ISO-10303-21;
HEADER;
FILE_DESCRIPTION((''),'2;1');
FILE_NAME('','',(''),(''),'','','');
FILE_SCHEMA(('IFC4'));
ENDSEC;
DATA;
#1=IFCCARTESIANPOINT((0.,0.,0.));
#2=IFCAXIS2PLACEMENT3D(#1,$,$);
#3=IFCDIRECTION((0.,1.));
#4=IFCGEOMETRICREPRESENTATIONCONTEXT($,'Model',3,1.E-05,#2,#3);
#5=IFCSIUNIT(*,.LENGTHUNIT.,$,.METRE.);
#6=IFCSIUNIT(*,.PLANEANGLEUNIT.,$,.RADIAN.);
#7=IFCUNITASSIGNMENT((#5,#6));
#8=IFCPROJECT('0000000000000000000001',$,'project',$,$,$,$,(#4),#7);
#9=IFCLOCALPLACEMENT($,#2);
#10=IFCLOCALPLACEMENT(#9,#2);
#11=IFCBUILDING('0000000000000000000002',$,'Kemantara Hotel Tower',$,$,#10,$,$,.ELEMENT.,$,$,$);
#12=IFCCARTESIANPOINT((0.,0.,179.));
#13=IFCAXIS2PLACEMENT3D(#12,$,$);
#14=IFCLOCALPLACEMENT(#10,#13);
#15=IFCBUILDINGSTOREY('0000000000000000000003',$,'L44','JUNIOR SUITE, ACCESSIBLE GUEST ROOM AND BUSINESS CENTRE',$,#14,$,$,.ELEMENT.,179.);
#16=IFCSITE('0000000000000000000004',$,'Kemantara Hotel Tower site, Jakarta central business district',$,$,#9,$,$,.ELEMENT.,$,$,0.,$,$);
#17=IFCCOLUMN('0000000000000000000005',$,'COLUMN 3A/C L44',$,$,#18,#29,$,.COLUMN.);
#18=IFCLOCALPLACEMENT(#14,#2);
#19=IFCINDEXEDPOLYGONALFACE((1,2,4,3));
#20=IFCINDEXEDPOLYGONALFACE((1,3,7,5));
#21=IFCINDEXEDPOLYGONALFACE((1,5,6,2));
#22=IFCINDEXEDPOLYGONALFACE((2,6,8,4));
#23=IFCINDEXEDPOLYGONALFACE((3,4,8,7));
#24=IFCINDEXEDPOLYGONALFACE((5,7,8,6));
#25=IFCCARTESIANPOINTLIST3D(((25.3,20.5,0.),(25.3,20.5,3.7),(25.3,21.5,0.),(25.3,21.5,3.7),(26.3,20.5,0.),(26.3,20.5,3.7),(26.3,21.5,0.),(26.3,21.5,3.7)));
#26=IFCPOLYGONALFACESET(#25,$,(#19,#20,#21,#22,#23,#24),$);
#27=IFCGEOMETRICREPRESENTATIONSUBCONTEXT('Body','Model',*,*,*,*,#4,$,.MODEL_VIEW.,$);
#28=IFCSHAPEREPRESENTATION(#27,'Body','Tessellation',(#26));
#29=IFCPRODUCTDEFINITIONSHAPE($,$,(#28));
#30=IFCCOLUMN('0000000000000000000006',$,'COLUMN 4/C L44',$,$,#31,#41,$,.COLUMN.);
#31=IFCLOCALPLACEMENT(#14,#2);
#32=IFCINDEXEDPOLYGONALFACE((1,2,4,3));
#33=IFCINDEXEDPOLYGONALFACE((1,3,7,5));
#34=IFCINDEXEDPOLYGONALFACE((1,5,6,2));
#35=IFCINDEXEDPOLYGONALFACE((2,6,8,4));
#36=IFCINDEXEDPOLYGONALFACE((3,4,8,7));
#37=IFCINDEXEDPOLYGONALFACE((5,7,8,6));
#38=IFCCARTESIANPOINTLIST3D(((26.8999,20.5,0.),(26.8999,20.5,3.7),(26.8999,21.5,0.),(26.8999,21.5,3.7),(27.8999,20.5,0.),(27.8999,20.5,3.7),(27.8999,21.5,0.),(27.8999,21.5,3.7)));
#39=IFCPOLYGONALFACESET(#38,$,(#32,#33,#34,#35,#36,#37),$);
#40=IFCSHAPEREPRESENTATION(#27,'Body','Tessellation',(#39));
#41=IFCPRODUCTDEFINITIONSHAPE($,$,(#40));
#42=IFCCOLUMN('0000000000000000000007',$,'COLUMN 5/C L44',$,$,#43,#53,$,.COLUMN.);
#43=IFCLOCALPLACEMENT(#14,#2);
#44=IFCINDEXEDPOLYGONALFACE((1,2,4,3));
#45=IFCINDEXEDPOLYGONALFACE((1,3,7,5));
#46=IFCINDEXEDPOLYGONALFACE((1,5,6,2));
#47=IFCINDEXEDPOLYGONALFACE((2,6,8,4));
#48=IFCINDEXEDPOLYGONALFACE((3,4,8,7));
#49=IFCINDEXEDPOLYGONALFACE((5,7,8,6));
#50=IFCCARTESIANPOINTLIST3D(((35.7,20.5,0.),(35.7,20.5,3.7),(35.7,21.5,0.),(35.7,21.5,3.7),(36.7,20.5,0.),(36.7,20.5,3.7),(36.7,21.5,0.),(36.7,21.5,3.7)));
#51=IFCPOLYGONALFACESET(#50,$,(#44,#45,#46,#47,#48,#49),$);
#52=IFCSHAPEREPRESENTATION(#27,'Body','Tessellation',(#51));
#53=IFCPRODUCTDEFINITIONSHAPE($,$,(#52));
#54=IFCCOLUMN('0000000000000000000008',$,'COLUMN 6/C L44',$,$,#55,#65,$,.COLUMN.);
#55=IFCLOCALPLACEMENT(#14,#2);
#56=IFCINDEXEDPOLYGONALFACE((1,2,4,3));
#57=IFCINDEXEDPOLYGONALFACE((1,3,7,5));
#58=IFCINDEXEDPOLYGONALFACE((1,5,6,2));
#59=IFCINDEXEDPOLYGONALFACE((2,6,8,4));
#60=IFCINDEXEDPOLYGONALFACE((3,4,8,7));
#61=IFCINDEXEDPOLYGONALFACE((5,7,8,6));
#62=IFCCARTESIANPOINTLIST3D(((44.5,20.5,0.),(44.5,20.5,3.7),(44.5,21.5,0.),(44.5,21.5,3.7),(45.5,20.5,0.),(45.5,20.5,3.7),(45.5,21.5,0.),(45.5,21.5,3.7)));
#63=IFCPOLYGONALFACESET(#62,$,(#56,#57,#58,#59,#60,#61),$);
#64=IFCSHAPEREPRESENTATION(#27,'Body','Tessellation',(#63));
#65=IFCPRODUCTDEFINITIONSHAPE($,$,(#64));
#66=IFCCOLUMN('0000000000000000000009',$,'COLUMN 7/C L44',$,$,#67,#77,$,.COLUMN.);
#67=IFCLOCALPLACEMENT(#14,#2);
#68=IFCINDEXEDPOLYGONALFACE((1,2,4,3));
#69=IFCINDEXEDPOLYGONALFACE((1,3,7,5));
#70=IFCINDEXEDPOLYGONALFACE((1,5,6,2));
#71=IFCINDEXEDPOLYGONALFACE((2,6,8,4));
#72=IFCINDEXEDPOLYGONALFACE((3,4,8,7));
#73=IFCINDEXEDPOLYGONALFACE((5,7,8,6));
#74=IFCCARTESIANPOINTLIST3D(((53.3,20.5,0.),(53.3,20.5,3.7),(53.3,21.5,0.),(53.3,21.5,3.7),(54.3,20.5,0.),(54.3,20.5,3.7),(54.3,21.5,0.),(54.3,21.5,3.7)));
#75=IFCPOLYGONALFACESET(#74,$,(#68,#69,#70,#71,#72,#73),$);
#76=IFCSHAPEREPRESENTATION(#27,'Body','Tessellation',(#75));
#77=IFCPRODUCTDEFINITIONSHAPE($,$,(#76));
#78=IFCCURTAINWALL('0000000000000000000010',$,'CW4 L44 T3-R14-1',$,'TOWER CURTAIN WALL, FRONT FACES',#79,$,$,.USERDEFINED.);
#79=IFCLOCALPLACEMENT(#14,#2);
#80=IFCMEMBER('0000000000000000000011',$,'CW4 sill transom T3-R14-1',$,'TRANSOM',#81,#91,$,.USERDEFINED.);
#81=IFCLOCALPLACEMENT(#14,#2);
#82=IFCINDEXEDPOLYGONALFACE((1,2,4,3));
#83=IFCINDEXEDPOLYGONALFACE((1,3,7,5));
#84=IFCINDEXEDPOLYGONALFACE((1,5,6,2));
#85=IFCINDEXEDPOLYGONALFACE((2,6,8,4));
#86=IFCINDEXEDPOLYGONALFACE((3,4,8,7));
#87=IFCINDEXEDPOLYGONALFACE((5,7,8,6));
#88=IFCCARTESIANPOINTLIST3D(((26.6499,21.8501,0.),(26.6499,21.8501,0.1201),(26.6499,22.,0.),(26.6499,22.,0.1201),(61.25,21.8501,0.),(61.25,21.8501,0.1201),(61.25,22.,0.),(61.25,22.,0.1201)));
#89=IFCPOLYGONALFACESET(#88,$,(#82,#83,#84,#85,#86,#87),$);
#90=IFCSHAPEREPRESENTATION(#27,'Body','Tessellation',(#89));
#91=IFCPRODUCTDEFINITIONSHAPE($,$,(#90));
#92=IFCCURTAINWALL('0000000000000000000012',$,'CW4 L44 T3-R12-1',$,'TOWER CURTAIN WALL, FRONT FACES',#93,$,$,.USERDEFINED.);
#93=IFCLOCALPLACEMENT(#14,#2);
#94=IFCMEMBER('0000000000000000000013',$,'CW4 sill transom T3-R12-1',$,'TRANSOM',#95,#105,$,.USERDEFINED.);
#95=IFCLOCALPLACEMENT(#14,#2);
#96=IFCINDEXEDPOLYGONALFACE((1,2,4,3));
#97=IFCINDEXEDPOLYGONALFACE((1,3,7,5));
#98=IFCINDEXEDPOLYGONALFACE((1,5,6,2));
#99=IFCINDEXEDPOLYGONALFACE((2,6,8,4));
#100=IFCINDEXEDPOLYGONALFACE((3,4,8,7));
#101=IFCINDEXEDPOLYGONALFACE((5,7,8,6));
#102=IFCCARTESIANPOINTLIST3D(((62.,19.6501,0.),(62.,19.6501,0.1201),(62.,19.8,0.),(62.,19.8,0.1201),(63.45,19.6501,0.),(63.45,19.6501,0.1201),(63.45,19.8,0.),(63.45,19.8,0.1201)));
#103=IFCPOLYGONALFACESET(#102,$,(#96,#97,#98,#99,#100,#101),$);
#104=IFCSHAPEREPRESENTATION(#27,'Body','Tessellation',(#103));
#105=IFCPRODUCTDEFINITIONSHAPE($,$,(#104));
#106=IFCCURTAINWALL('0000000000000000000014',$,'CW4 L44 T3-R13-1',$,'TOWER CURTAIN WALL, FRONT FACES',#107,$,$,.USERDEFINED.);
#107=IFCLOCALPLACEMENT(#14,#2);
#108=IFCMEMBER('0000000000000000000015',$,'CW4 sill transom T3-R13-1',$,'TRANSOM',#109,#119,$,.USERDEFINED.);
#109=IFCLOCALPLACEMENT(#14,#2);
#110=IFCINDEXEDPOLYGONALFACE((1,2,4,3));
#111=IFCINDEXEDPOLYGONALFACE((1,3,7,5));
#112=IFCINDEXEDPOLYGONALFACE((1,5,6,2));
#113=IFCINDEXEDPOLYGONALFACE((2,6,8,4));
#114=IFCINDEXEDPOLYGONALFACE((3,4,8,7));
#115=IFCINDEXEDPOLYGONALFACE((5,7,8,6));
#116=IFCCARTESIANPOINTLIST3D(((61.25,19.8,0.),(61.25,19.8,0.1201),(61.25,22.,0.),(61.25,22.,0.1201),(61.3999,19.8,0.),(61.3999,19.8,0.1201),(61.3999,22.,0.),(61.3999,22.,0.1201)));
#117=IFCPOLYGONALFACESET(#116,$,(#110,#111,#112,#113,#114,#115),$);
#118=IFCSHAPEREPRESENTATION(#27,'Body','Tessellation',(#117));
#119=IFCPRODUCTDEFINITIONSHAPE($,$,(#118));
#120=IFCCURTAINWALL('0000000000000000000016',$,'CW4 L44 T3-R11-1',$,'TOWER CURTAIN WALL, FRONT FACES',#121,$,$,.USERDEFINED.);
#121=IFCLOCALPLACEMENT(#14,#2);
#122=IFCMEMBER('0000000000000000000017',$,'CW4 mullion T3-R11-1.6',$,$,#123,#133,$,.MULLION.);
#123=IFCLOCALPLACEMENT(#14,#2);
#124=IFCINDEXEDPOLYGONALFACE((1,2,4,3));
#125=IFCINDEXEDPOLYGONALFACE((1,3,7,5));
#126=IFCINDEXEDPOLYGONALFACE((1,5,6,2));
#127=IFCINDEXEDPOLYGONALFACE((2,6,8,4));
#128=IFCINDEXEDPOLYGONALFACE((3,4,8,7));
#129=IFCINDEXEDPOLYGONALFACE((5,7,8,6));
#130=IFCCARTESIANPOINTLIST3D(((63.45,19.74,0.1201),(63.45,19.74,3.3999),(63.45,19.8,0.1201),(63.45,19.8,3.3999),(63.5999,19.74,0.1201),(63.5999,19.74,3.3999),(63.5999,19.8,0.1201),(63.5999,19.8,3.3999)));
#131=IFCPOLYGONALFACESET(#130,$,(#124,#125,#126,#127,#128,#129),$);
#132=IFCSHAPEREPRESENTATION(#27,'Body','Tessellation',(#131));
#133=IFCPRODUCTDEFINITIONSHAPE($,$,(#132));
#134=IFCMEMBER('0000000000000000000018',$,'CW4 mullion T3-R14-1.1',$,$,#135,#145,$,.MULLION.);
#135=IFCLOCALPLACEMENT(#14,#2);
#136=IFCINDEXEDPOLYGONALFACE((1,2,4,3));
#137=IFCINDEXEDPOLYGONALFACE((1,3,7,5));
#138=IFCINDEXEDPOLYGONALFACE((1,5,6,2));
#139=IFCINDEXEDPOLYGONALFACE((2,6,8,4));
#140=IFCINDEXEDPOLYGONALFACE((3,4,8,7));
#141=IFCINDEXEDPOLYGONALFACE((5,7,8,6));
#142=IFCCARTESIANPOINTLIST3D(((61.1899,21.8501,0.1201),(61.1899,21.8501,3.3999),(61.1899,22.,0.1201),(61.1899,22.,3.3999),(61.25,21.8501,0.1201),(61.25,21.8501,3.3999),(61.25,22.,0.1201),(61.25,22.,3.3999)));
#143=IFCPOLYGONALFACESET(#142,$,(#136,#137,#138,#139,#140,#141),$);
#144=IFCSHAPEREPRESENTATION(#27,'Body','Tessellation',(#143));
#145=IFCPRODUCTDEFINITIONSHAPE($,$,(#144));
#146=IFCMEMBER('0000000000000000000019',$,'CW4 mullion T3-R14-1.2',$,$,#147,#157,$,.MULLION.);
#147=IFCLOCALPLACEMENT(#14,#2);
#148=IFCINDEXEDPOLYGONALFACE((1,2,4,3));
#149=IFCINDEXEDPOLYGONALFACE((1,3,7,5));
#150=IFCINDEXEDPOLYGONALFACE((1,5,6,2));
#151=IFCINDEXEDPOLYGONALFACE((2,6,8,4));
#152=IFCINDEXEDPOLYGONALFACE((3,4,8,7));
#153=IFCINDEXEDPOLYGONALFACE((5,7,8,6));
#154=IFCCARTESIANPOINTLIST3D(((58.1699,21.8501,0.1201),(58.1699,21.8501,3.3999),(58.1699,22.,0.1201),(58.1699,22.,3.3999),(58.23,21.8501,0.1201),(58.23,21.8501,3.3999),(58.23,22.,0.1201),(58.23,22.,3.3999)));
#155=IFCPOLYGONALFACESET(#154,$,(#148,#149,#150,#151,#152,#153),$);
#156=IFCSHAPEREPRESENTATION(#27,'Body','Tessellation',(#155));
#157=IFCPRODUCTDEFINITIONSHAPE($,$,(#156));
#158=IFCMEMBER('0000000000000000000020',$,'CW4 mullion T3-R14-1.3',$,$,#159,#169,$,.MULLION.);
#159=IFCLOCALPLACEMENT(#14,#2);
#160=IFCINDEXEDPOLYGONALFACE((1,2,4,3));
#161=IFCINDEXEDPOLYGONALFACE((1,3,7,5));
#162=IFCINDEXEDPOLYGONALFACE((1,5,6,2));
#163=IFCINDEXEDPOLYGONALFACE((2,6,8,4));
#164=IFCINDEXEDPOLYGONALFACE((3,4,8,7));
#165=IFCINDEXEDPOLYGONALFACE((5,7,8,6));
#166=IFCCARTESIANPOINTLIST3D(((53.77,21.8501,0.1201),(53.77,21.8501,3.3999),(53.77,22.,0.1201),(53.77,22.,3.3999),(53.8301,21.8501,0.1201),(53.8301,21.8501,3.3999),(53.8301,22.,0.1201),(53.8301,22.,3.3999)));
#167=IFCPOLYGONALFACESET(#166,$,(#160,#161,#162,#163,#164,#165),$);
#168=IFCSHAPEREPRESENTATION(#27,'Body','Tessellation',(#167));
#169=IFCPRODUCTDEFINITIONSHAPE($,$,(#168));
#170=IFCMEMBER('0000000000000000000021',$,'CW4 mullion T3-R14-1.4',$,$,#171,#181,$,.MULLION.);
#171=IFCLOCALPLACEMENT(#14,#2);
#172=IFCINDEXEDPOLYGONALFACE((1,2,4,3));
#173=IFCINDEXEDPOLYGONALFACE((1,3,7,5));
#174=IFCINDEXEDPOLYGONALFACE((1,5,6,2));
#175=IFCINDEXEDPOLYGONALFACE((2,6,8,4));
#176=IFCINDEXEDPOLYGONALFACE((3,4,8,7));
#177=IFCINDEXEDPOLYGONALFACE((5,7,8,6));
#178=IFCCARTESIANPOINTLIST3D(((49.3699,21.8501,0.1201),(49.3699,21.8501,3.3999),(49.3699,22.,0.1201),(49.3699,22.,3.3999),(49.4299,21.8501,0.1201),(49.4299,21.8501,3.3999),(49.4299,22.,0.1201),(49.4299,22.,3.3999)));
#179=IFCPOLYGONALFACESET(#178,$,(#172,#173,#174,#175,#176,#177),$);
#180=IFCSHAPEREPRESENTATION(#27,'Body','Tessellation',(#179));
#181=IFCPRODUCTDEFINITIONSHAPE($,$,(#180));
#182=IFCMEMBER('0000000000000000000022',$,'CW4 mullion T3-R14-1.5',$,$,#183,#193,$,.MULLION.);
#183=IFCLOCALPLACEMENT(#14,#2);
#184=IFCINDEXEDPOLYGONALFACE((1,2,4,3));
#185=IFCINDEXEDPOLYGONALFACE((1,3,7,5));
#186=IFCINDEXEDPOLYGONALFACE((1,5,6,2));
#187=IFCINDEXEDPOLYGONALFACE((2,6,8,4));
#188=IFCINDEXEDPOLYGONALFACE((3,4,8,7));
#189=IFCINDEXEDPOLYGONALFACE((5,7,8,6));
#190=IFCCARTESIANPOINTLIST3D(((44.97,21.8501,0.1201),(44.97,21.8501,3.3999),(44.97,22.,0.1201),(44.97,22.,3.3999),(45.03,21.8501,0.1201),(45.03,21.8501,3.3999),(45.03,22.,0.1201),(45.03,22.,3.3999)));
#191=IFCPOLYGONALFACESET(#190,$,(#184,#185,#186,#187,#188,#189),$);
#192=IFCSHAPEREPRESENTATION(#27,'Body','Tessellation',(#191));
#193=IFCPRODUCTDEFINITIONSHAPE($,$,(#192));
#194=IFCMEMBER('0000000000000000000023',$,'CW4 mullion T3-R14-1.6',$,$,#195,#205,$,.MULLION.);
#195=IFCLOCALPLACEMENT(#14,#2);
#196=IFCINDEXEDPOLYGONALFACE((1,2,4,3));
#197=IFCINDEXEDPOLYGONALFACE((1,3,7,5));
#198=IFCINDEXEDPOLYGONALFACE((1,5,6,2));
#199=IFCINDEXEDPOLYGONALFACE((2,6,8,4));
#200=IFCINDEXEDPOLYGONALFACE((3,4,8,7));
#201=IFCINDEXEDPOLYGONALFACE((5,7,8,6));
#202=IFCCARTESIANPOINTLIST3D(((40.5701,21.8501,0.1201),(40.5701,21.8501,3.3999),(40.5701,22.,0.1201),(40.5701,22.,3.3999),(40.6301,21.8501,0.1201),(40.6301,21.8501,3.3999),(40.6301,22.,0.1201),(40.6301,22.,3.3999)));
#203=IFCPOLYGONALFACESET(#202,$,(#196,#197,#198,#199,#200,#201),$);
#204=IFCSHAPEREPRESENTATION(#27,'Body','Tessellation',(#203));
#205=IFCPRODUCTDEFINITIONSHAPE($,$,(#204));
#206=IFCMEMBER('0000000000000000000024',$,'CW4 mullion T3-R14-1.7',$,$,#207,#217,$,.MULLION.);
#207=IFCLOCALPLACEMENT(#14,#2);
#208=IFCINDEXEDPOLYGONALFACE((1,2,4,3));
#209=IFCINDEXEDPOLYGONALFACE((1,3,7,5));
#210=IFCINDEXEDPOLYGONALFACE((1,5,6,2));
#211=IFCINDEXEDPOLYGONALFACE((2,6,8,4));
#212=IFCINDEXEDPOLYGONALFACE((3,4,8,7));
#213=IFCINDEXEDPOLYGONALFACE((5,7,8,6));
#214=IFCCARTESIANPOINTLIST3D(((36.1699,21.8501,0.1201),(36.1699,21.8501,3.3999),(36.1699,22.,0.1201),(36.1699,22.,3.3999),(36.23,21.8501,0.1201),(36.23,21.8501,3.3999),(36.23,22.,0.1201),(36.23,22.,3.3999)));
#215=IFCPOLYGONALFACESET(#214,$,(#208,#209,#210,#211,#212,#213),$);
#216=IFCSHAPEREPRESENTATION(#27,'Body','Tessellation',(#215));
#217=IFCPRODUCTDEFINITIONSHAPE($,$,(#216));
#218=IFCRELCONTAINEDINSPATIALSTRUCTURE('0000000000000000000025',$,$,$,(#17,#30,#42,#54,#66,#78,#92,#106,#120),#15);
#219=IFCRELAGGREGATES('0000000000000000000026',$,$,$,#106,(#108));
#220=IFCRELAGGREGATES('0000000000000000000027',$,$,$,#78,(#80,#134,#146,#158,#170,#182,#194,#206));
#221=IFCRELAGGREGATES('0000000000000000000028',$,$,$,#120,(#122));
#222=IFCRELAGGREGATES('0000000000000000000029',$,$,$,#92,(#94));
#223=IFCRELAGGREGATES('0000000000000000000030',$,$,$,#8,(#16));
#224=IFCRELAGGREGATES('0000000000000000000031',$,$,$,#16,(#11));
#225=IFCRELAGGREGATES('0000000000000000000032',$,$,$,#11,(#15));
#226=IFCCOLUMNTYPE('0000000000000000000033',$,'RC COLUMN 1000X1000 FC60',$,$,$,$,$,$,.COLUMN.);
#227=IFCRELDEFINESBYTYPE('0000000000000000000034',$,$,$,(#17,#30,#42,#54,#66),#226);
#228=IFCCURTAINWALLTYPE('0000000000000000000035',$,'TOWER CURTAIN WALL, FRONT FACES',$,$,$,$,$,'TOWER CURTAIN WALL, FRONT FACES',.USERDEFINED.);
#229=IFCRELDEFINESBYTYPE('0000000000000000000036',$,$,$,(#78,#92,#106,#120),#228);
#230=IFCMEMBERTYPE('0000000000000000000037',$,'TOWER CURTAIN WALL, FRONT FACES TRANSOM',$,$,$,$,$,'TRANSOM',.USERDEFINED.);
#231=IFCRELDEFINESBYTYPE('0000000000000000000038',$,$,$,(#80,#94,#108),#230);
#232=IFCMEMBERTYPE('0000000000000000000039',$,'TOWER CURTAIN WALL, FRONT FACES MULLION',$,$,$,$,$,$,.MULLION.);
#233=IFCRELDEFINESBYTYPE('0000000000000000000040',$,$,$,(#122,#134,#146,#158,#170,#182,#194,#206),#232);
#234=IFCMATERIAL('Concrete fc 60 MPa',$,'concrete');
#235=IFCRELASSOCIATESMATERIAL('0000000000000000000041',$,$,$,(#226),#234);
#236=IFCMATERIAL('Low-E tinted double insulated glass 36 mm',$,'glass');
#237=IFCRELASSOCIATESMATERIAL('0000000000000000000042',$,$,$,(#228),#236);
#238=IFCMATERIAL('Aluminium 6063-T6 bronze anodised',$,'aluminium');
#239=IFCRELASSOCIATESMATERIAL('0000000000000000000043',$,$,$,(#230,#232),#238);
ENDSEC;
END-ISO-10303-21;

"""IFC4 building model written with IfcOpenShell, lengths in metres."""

from ifc_helpers import new_model, si_unit, direction, frame, origin, origin_2d, place, context, subcontext, project, spatial, rectangle, extrude, source, transform, mapped, material, material_profile, profile_set, type_object, element, aggregate, save


model = new_model("IFC4")

# Units and contexts
model_context = context("Model", 3, precision=1e-05, world=origin(), true_north=direction((0.0, 1.0)))
body_context = subcontext(model_context, "Body", "Model", "MODEL_VIEW")
ifc_project = project(units=[si_unit("LENGTHUNIT", "METRE"), si_unit("PLANEANGLEUNIT", "RADIAN")], contexts=[model_context])

# Site, building, storey
site_placement = place(None, origin())
site = spatial("IfcSite", under=ifc_project, at=site_placement, Name="Kemantara Hotel Tower site, Jakarta central business district", CompositionType="ELEMENT", RefElevation=0.0)
building_placement = place(site_placement, origin())
building = spatial("IfcBuilding", under=site, at=building_placement, Name="Kemantara Hotel Tower", CompositionType="ELEMENT")
storey_placement = place(building_placement, frame((0.0, 0.0, 179.0)))
storey = spatial("IfcBuildingStorey", under=building, at=storey_placement, Name="L44", Description="JUNIOR SUITE, ACCESSIBLE GUEST ROOM AND BUSINESS CENTRE", CompositionType="ELEMENT", Elevation=179.0)

# Columns
ifc_material_1 = material(Name="Concrete fc 60 MPa", Category="concrete")
ifc_material_profile_1 = material_profile(ifc_material_1, rectangle(XDim=1.0, YDim=1.0, at=origin_2d()), Name="RC 1000X1000")
ifc_profile_set_1 = profile_set([ifc_material_profile_1], Name="Concrete fc 60 MPa")
column_type = type_object("IfcColumnType", Name="RC COLUMN 1000X1000 FC60", PredefinedType="COLUMN", material=ifc_profile_set_1)
for number, where, z_axis, x_axis, name in (
    (1, (25.8, 21.0, 0.0), (0.0, 0.0, 1.0), (1.0, 0.0, 0.0), "COLUMN 3A/C L44"),
    (2, (27.3999, 21.0, 0.0), (0.0, 0.0, 1.0), (1.0, 0.0, 0.0), "COLUMN 4/C L44"),
    (3, (36.2, 21.0, 0.0), (0.0, 0.0, 1.0), (1.0, 0.0, 0.0), "COLUMN 5/C L44"),
    (4, (45.0, 21.0, 0.0), (0.0, 0.0, 1.0), (1.0, 0.0, 0.0), "COLUMN 6/C L44"),
    (5, (53.8, 21.0, 0.0), (0.0, 0.0, 1.0), (1.0, 0.0, 0.0), "COLUMN 7/C L44"),
):
    element("IfcColumn", number, at=place(storey_placement, frame(where, z_axis=z_axis, x_axis=x_axis)), inside=storey, type_object=column_type, Name=name, PredefinedType="COLUMN", context=body_context, shape_type="SweptSolid", body=[
        extrude(rectangle(XDim=1.0, YDim=1.0, at=origin_2d()), origin(), (0.0, 0.0, 1.0), 3.7),
    ])

# Curtain walls, members
ifc_material_2 = material(Name="Low-E tinted double insulated glass 36 mm", Category="glass")
curtain_wall_type = type_object("IfcCurtainWallType", Name="TOWER CURTAIN WALL, FRONT FACES", ElementType="TOWER CURTAIN WALL, FRONT FACES", PredefinedType="USERDEFINED", material=ifc_material_2)
curtain_wall_1_placement = place(storey_placement, origin())
curtain_wall_1 = element("IfcCurtainWall", 6, at=curtain_wall_1_placement, inside=storey, type_object=curtain_wall_type, Name="CW4 L44 T3-R14-1", ObjectType="TOWER CURTAIN WALL, FRONT FACES", PredefinedType="USERDEFINED")
ifc_material_3 = material(Name="Aluminium 6063-T6 bronze anodised", Category="aluminium")
ifc_material_profile_2 = material_profile(ifc_material_3, rectangle(XDim=0.1499, YDim=0.1201, at=origin_2d()), Name="TOWER CURTAIN WALL, FRONT FACES TRANSOM")
ifc_profile_set_2 = profile_set([ifc_material_profile_2], Name="Aluminium 6063-T6 bronze anodised")
member_type_1 = type_object("IfcMemberType", Name="TOWER CURTAIN WALL, FRONT FACES TRANSOM", ElementType="TRANSOM", PredefinedType="USERDEFINED", material=ifc_profile_set_2)
member_1_placement = place(storey_placement, frame((61.25, 21.925, 0.0601), z_axis=(-1.0, 0.0, 0.0), x_axis=(0.0, -1.0, 0.0)))
member_1 = element("IfcMember", 7, at=member_1_placement, type_object=member_type_1, Name="CW4 sill transom T3-R14-1", ObjectType="TRANSOM", PredefinedType="USERDEFINED", context=body_context, shape_type="SweptSolid", body=[
    extrude(rectangle(XDim=0.1499, YDim=0.1201, at=origin_2d()), origin(), (0.0, 0.0, 1.0), 34.6001),
])
curtain_wall_2_placement = place(storey_placement, origin())
curtain_wall_2 = element("IfcCurtainWall", 8, at=curtain_wall_2_placement, inside=storey, type_object=curtain_wall_type, Name="CW4 L44 T3-R12-1", ObjectType="TOWER CURTAIN WALL, FRONT FACES", PredefinedType="USERDEFINED")
member_2_placement = place(storey_placement, frame((63.45, 19.7251, 0.0601), z_axis=(-1.0, 0.0, 0.0), x_axis=(0.0, -1.0, 0.0)))
member_2 = element("IfcMember", 9, at=member_2_placement, type_object=member_type_1, Name="CW4 sill transom T3-R12-1", ObjectType="TRANSOM", PredefinedType="USERDEFINED", context=body_context, shape_type="SweptSolid", body=[
    extrude(rectangle(XDim=0.1499, YDim=0.1201, at=origin_2d()), origin(), (0.0, 0.0, 1.0), 1.45),
])
curtain_wall_3_placement = place(storey_placement, origin())
curtain_wall_3 = element("IfcCurtainWall", 10, at=curtain_wall_3_placement, inside=storey, type_object=curtain_wall_type, Name="CW4 L44 T3-R13-1", ObjectType="TOWER CURTAIN WALL, FRONT FACES", PredefinedType="USERDEFINED")
member_3_placement = place(storey_placement, frame((61.325, 19.8, 0.0601), z_axis=(0.0, 1.0, 0.0), x_axis=(-1.0, 0.0, 0.0)))
member_3 = element("IfcMember", 11, at=member_3_placement, type_object=member_type_1, Name="CW4 sill transom T3-R13-1", ObjectType="TRANSOM", PredefinedType="USERDEFINED", context=body_context, shape_type="SweptSolid", body=[
    extrude(rectangle(XDim=0.1499, YDim=0.1201, at=origin_2d()), origin(), (0.0, 0.0, 1.0), 2.2),
])
curtain_wall_4_placement = place(storey_placement, origin())
curtain_wall_4 = element("IfcCurtainWall", 12, at=curtain_wall_4_placement, inside=storey, type_object=curtain_wall_type, Name="CW4 L44 T3-R11-1", ObjectType="TOWER CURTAIN WALL, FRONT FACES", PredefinedType="USERDEFINED")
ifc_material_profile_3 = material_profile(ifc_material_3, rectangle(XDim=0.1499, YDim=0.0601, at=origin_2d()), Name="TOWER CURTAIN WALL, FRONT FACES MULLION")
ifc_profile_set_3 = profile_set([ifc_material_profile_3], Name="Aluminium 6063-T6 bronze anodised")
member_type_2 = type_object("IfcMemberType", Name="TOWER CURTAIN WALL, FRONT FACES MULLION", PredefinedType="MULLION", material=ifc_profile_set_3)
shared_shape_1 = source(origin(), body_context, "Body", "SweptSolid", [
    extrude(rectangle(XDim=0.1499, YDim=0.0601, at=origin_2d()), origin(), (0.0, 0.0, 1.0), 3.2798),
])
member_4_placement = place(storey_placement, frame((63.5249, 19.77, 0.1201), z_axis=(0.0, 0.0, 1.0), x_axis=(-1.0, 0.0, 0.0)))
member_4 = element("IfcMember", 13, at=member_4_placement, type_object=member_type_2, Name="CW4 mullion T3-R11-1.6", PredefinedType="MULLION", context=body_context, shape_type="MappedRepresentation", body=[
    mapped(shared_shape_1, transform((0.0, 0.0, 0.0))),
])

# Members
member_5_placement = place(storey_placement, frame((61.22, 21.925, 0.1201), z_axis=(0.0, 0.0, 1.0), x_axis=(0.0, -1.0, 0.0)))
member_5 = element("IfcMember", 14, at=member_5_placement, type_object=member_type_2, Name="CW4 mullion T3-R14-1.1", PredefinedType="MULLION", context=body_context, shape_type="MappedRepresentation", body=[
    mapped(shared_shape_1, transform((0.0, 0.0, 0.0))),
])
member_6_placement = place(storey_placement, frame((58.2, 21.925, 0.1201), z_axis=(0.0, 0.0, 1.0), x_axis=(0.0, -1.0, 0.0)))
member_6 = element("IfcMember", 15, at=member_6_placement, type_object=member_type_2, Name="CW4 mullion T3-R14-1.2", PredefinedType="MULLION", context=body_context, shape_type="MappedRepresentation", body=[
    mapped(shared_shape_1, transform((0.0, 0.0, 0.0))),
])
member_7_placement = place(storey_placement, frame((53.8, 21.925, 0.1201), z_axis=(0.0, 0.0, 1.0), x_axis=(0.0, -1.0, 0.0)))
member_7 = element("IfcMember", 16, at=member_7_placement, type_object=member_type_2, Name="CW4 mullion T3-R14-1.3", PredefinedType="MULLION", context=body_context, shape_type="MappedRepresentation", body=[
    mapped(shared_shape_1, transform((0.0, 0.0, 0.0))),
])
member_8_placement = place(storey_placement, frame((49.3999, 21.925, 0.1201), z_axis=(0.0, 0.0, 1.0), x_axis=(0.0, -1.0, 0.0)))
member_8 = element("IfcMember", 17, at=member_8_placement, type_object=member_type_2, Name="CW4 mullion T3-R14-1.4", PredefinedType="MULLION", context=body_context, shape_type="MappedRepresentation", body=[
    mapped(shared_shape_1, transform((0.0, 0.0, 0.0))),
])
member_9_placement = place(storey_placement, frame((45.0, 21.925, 0.1201), z_axis=(0.0, 0.0, 1.0), x_axis=(0.0, -1.0, 0.0)))
member_9 = element("IfcMember", 18, at=member_9_placement, type_object=member_type_2, Name="CW4 mullion T3-R14-1.5", PredefinedType="MULLION", context=body_context, shape_type="MappedRepresentation", body=[
    mapped(shared_shape_1, transform((0.0, 0.0, 0.0))),
])
member_10_placement = place(storey_placement, frame((40.6001, 21.925, 0.1201), z_axis=(0.0, 0.0, 1.0), x_axis=(0.0, -1.0, 0.0)))
member_10 = element("IfcMember", 19, at=member_10_placement, type_object=member_type_2, Name="CW4 mullion T3-R14-1.6", PredefinedType="MULLION", context=body_context, shape_type="MappedRepresentation", body=[
    mapped(shared_shape_1, transform((0.0, 0.0, 0.0))),
])
member_11_placement = place(storey_placement, frame((36.2, 21.925, 0.1201), z_axis=(0.0, 0.0, 1.0), x_axis=(0.0, -1.0, 0.0)))
member_11 = element("IfcMember", 20, at=member_11_placement, type_object=member_type_2, Name="CW4 mullion T3-R14-1.7", PredefinedType="MULLION", context=body_context, shape_type="MappedRepresentation", body=[
    mapped(shared_shape_1, transform((0.0, 0.0, 0.0))),
])

aggregate(curtain_wall_3, [member_3])
aggregate(curtain_wall_1, [member_1, member_5, member_6, member_7, member_8, member_9, member_10, member_11])
aggregate(curtain_wall_4, [member_4])
aggregate(curtain_wall_2, [member_2])

save(model, "model.ifc")
